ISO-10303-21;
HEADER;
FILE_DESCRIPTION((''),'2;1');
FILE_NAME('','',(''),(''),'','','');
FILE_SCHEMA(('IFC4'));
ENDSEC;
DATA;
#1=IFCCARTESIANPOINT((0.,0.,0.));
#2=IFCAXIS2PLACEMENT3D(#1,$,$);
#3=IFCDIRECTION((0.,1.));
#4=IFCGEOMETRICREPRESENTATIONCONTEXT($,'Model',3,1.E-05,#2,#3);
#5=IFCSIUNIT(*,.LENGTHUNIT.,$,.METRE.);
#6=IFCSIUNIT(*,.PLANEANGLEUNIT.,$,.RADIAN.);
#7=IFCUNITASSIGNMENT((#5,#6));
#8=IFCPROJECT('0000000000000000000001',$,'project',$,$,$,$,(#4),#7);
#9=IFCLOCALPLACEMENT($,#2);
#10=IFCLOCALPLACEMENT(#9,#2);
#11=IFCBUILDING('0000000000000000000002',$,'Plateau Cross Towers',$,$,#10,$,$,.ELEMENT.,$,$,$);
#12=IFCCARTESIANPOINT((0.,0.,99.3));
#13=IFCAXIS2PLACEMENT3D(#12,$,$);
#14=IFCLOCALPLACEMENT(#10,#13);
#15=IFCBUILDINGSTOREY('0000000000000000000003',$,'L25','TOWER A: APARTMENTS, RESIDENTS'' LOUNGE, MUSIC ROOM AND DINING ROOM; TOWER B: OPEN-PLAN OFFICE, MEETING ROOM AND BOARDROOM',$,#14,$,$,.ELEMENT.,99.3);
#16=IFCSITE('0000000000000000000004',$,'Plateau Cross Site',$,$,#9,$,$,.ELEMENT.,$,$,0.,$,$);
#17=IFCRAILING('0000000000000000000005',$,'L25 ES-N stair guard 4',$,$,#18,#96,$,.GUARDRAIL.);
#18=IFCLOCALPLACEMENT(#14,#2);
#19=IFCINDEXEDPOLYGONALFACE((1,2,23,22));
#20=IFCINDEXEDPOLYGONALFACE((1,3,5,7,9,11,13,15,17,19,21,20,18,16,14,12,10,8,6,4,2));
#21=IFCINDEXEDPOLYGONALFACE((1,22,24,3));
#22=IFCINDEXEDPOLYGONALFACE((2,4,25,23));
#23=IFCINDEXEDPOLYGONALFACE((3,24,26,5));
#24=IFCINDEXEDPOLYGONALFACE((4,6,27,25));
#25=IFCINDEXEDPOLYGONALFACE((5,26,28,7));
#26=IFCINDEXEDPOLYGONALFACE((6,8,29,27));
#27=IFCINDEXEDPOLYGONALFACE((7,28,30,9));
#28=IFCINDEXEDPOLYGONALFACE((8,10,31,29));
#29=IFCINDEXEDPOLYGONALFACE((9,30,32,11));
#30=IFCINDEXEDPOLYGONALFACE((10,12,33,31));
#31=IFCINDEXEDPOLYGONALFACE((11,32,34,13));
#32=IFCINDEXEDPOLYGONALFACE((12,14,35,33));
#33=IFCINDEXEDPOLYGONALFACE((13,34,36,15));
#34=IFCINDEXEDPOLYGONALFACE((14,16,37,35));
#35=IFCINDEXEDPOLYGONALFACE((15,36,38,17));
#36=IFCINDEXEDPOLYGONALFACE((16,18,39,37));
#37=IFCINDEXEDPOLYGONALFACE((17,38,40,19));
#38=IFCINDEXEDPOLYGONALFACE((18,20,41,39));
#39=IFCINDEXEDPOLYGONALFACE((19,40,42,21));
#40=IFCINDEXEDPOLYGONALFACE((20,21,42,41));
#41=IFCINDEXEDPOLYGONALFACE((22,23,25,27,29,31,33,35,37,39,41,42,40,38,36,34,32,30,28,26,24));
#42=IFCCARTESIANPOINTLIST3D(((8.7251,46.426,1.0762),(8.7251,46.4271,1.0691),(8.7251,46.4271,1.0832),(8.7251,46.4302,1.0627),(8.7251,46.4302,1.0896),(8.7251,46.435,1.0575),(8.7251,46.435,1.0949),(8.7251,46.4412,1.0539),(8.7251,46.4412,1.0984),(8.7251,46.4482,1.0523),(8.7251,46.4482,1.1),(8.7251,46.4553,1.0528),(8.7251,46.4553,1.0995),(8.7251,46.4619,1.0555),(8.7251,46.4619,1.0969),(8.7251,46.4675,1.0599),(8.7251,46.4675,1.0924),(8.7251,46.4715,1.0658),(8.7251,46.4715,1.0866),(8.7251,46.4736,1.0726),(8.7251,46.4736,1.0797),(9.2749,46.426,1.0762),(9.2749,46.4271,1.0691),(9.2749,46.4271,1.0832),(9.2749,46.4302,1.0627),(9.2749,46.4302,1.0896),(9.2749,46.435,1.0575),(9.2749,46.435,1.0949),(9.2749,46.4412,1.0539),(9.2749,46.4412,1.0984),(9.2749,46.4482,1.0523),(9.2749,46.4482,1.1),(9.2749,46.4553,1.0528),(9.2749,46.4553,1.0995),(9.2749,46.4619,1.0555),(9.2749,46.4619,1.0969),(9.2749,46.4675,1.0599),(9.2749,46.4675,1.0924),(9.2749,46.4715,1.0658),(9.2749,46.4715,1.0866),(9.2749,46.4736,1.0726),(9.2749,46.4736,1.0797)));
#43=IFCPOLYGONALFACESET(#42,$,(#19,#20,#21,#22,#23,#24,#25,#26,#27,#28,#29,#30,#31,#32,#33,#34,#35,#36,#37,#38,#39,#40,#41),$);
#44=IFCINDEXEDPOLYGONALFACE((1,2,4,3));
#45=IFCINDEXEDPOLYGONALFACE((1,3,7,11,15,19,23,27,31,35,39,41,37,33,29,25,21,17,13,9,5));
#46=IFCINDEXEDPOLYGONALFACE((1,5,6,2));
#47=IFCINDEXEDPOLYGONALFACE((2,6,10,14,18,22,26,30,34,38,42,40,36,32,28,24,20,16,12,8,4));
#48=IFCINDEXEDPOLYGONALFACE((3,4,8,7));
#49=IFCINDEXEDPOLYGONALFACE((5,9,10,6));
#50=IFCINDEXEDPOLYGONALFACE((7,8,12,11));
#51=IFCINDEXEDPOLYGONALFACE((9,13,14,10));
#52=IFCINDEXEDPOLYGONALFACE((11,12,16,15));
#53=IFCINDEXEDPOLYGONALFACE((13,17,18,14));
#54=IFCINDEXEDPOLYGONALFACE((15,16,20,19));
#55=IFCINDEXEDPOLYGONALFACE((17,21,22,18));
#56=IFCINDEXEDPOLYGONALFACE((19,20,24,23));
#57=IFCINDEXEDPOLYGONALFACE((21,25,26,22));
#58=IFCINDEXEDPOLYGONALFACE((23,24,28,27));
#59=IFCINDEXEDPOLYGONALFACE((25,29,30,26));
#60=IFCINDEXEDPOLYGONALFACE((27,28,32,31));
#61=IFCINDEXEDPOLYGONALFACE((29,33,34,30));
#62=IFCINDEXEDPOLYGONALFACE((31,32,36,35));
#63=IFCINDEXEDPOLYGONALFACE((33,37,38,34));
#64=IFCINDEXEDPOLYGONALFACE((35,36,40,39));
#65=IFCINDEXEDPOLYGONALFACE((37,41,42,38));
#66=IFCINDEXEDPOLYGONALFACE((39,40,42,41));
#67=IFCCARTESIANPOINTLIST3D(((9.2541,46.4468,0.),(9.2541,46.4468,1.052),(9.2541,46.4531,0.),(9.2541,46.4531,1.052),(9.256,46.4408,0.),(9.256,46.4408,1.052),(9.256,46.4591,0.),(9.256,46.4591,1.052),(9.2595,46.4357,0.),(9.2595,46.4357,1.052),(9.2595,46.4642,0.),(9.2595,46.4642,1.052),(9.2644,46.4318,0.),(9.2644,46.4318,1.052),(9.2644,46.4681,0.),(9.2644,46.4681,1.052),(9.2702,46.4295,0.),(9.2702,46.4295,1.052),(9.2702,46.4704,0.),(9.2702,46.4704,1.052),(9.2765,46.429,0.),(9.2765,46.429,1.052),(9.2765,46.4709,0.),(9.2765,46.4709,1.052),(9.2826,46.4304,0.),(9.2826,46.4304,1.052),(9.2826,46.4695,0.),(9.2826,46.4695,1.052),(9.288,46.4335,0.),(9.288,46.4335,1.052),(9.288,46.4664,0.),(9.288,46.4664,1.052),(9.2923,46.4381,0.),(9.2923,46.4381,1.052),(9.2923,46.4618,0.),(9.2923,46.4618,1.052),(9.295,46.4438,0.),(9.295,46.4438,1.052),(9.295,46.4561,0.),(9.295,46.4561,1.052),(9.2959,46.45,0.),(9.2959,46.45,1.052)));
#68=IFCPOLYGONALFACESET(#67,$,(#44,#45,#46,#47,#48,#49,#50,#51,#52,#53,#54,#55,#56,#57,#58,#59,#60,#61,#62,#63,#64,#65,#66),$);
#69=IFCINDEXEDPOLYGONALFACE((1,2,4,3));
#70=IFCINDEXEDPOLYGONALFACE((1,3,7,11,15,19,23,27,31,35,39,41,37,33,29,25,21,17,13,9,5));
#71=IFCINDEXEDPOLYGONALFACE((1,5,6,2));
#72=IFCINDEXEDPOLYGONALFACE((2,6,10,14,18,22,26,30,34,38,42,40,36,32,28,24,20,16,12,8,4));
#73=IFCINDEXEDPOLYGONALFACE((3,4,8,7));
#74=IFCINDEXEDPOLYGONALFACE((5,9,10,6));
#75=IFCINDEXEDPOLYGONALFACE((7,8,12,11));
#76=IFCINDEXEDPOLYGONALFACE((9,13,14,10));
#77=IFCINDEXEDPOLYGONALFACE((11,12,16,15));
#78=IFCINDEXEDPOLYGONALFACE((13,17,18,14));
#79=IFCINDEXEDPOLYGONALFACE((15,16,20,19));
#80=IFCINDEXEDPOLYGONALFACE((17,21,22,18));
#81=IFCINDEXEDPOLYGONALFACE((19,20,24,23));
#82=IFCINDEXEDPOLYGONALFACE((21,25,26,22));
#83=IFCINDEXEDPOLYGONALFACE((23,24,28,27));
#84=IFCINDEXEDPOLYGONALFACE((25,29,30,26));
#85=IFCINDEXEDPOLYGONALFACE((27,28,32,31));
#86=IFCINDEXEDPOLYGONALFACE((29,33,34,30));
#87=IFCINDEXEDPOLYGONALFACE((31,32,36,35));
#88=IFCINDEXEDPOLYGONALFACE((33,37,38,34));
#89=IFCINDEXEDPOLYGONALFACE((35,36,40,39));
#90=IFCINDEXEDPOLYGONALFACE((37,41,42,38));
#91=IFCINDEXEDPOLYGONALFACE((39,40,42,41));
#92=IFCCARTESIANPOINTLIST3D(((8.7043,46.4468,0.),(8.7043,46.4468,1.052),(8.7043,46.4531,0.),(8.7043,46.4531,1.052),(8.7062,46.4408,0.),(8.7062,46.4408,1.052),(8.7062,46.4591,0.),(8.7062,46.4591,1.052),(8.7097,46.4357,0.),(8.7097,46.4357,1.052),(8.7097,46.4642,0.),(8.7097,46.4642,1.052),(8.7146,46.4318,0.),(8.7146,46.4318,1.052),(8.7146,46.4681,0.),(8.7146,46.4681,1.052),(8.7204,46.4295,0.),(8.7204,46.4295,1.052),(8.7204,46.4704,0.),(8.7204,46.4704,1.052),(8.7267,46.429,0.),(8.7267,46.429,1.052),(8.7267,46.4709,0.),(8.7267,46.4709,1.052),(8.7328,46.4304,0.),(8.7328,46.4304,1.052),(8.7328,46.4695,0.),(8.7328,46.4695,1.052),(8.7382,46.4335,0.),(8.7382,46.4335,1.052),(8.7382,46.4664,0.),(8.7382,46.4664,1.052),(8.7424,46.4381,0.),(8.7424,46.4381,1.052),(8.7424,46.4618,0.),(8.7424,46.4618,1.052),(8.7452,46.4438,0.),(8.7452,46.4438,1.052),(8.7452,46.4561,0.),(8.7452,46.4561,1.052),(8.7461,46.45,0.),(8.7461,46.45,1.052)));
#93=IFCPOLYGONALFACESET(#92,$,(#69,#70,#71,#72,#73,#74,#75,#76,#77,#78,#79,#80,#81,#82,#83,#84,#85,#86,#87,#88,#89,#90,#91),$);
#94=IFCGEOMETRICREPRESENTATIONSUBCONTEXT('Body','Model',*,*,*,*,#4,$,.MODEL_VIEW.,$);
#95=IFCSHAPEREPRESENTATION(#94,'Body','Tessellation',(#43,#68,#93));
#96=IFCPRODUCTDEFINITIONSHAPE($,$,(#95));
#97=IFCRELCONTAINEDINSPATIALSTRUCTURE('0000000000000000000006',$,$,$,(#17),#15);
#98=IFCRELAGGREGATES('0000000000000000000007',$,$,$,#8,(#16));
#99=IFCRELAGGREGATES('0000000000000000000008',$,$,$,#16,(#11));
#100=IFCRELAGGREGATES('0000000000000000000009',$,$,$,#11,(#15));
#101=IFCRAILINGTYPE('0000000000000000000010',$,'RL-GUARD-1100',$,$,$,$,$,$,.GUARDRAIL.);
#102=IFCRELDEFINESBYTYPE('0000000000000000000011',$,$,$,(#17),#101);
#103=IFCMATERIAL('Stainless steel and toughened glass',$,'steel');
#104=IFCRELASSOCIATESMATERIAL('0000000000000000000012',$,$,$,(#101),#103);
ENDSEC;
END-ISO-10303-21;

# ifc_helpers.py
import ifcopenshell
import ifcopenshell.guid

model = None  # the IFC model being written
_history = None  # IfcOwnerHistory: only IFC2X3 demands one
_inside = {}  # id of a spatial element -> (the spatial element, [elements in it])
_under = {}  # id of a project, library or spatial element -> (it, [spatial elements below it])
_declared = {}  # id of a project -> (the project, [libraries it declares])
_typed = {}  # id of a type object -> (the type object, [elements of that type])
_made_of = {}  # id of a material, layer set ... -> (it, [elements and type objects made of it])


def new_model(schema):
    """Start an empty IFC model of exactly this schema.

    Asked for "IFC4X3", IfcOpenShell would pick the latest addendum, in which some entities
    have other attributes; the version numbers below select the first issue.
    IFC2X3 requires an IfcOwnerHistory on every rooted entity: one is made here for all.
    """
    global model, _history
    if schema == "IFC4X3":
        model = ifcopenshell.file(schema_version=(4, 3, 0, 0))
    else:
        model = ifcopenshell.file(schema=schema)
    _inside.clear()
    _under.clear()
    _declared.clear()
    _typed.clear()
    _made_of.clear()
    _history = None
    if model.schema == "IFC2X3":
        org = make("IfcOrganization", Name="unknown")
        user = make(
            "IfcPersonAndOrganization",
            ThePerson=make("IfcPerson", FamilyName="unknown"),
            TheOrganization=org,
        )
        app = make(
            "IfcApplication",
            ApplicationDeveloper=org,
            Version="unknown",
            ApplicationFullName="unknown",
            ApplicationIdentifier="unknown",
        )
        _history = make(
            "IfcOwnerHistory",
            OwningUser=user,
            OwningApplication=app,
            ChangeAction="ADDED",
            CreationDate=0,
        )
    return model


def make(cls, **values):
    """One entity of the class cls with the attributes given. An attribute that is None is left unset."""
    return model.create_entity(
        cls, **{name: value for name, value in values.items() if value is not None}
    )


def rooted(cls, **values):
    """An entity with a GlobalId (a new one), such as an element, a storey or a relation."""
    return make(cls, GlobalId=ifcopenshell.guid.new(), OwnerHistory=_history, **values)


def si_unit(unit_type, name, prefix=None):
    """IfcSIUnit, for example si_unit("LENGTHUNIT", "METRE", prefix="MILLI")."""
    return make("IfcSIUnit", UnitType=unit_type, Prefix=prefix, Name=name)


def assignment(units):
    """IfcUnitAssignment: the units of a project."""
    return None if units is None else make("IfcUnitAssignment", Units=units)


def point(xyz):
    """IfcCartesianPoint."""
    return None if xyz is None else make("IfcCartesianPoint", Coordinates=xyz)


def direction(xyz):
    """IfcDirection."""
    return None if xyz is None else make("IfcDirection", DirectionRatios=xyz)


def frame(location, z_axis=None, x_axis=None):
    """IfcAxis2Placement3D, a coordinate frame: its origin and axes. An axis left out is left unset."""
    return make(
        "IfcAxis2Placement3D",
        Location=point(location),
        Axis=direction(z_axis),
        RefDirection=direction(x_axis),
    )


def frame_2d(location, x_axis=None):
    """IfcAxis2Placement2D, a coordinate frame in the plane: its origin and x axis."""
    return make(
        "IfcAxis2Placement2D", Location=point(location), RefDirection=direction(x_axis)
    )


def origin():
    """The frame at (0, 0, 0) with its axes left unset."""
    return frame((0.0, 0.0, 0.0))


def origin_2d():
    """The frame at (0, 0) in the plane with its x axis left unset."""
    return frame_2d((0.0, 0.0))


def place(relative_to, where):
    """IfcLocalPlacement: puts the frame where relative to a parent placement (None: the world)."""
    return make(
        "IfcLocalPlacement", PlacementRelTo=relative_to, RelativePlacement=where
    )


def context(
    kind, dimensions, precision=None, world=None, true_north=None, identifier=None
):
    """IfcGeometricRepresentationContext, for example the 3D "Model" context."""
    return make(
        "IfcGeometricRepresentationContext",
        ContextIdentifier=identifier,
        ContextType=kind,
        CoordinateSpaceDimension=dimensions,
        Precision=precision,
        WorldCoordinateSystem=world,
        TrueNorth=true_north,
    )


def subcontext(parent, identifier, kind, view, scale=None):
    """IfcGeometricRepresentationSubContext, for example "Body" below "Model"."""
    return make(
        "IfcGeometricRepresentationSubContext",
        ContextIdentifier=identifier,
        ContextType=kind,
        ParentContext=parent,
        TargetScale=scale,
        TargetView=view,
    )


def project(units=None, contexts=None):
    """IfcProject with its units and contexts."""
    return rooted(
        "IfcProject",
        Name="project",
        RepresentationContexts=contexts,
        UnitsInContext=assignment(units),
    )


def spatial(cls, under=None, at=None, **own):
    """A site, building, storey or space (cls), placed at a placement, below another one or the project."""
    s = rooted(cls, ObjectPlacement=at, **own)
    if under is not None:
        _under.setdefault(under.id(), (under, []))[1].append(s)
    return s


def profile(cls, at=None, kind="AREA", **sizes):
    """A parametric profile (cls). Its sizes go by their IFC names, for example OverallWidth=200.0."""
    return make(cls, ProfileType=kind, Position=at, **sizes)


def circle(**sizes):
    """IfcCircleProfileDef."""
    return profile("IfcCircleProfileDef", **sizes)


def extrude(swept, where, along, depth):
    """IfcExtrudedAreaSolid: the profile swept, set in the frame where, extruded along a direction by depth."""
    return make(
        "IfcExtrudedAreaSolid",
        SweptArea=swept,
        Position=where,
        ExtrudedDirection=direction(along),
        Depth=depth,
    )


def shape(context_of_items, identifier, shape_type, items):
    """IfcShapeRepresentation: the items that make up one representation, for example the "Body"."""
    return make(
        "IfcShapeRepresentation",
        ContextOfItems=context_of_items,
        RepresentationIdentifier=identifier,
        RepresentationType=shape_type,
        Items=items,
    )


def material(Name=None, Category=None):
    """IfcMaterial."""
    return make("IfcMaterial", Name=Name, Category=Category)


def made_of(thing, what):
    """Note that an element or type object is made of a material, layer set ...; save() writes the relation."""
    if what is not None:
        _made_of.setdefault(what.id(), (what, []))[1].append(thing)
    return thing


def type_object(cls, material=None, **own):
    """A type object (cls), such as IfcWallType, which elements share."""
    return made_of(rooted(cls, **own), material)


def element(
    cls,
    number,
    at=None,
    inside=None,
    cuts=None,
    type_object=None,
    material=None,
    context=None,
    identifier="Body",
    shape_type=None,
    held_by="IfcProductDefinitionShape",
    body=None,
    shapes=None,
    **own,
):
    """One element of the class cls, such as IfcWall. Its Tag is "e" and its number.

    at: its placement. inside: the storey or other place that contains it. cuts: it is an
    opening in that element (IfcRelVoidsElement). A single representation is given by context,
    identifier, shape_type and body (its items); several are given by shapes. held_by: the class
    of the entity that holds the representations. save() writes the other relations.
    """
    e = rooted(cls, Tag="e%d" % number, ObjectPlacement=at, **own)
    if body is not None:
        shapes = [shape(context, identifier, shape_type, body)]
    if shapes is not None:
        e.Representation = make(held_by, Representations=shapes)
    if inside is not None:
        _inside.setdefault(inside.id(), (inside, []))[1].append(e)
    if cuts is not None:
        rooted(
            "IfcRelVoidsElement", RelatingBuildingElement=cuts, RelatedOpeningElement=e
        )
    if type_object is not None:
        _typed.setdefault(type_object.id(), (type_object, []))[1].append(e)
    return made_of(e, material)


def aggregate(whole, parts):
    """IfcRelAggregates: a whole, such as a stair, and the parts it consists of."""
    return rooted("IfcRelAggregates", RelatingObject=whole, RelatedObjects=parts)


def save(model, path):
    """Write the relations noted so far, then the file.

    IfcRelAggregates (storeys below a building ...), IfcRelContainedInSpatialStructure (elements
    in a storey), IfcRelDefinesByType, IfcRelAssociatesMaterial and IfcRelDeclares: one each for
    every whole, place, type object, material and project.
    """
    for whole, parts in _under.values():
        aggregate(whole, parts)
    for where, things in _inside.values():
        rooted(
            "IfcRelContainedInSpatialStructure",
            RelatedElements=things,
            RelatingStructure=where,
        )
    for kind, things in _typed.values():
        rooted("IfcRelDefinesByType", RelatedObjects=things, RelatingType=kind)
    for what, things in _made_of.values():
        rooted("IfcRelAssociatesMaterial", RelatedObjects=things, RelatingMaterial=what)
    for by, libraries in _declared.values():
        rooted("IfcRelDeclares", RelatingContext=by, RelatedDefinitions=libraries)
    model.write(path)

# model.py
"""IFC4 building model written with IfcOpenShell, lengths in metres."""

from ifc_helpers import new_model, si_unit, direction, frame, origin, origin_2d, place, context, subcontext, project, spatial, circle, extrude, material, type_object, element, save


model = new_model("IFC4")

# Units and contexts
model_context = context("Model", 3, precision=1e-05, world=origin(), true_north=direction((0.0, 1.0)))
body_context = subcontext(model_context, "Body", "Model", "MODEL_VIEW")
ifc_project = project(units=[si_unit("LENGTHUNIT", "METRE"), si_unit("PLANEANGLEUNIT", "RADIAN")], contexts=[model_context])

# Site, building, storey
site_placement = place(None, origin())
site = spatial("IfcSite", under=ifc_project, at=site_placement, Name="Plateau Cross Site", CompositionType="ELEMENT", RefElevation=0.0)
building_placement = place(site_placement, origin())
building = spatial("IfcBuilding", under=site, at=building_placement, Name="Plateau Cross Towers", CompositionType="ELEMENT")
storey_placement = place(building_placement, frame((0.0, 0.0, 99.3)))
storey = spatial("IfcBuildingStorey", under=building, at=storey_placement, Name="L25", Description="TOWER A: APARTMENTS, RESIDENTS' LOUNGE, MUSIC ROOM AND DINING ROOM; TOWER B: OPEN-PLAN OFFICE, MEETING ROOM AND BOARDROOM", CompositionType="ELEMENT", Elevation=99.3)

# Railing
ifc_material_1 = material(Name="Stainless steel and toughened glass", Category="steel")
railing_type_1 = type_object("IfcRailingType", Name="RL-GUARD-1100", PredefinedType="GUARDRAIL", material=ifc_material_1)
railing_1_placement = place(storey_placement, frame((9.2749, 46.45, 0.0)))
element("IfcRailing", 1, at=railing_1_placement, inside=storey, type_object=railing_type_1, Name="L25 ES-N stair guard 4", PredefinedType="GUARDRAIL", context=body_context, shape_type="SweptSolid", body=[
    extrude(circle(Radius=0.0239, at=origin_2d()), frame((0.0, 0.0, 1.0762), z_axis=(-1.0, 0.0, 0.0), x_axis=(0.0, -1.0, 0.0)), (0.0, 0.0, 1.0), 0.5498),
    extrude(circle(Radius=0.021, at=origin_2d()), origin(), (0.0, 0.0, 1.0), 1.052),
    extrude(circle(Radius=0.021, at=origin_2d()), frame((-0.5498, 0.0, 0.0)), (0.0, 0.0, 1.0), 1.052),
])

save(model, "model.ifc")
